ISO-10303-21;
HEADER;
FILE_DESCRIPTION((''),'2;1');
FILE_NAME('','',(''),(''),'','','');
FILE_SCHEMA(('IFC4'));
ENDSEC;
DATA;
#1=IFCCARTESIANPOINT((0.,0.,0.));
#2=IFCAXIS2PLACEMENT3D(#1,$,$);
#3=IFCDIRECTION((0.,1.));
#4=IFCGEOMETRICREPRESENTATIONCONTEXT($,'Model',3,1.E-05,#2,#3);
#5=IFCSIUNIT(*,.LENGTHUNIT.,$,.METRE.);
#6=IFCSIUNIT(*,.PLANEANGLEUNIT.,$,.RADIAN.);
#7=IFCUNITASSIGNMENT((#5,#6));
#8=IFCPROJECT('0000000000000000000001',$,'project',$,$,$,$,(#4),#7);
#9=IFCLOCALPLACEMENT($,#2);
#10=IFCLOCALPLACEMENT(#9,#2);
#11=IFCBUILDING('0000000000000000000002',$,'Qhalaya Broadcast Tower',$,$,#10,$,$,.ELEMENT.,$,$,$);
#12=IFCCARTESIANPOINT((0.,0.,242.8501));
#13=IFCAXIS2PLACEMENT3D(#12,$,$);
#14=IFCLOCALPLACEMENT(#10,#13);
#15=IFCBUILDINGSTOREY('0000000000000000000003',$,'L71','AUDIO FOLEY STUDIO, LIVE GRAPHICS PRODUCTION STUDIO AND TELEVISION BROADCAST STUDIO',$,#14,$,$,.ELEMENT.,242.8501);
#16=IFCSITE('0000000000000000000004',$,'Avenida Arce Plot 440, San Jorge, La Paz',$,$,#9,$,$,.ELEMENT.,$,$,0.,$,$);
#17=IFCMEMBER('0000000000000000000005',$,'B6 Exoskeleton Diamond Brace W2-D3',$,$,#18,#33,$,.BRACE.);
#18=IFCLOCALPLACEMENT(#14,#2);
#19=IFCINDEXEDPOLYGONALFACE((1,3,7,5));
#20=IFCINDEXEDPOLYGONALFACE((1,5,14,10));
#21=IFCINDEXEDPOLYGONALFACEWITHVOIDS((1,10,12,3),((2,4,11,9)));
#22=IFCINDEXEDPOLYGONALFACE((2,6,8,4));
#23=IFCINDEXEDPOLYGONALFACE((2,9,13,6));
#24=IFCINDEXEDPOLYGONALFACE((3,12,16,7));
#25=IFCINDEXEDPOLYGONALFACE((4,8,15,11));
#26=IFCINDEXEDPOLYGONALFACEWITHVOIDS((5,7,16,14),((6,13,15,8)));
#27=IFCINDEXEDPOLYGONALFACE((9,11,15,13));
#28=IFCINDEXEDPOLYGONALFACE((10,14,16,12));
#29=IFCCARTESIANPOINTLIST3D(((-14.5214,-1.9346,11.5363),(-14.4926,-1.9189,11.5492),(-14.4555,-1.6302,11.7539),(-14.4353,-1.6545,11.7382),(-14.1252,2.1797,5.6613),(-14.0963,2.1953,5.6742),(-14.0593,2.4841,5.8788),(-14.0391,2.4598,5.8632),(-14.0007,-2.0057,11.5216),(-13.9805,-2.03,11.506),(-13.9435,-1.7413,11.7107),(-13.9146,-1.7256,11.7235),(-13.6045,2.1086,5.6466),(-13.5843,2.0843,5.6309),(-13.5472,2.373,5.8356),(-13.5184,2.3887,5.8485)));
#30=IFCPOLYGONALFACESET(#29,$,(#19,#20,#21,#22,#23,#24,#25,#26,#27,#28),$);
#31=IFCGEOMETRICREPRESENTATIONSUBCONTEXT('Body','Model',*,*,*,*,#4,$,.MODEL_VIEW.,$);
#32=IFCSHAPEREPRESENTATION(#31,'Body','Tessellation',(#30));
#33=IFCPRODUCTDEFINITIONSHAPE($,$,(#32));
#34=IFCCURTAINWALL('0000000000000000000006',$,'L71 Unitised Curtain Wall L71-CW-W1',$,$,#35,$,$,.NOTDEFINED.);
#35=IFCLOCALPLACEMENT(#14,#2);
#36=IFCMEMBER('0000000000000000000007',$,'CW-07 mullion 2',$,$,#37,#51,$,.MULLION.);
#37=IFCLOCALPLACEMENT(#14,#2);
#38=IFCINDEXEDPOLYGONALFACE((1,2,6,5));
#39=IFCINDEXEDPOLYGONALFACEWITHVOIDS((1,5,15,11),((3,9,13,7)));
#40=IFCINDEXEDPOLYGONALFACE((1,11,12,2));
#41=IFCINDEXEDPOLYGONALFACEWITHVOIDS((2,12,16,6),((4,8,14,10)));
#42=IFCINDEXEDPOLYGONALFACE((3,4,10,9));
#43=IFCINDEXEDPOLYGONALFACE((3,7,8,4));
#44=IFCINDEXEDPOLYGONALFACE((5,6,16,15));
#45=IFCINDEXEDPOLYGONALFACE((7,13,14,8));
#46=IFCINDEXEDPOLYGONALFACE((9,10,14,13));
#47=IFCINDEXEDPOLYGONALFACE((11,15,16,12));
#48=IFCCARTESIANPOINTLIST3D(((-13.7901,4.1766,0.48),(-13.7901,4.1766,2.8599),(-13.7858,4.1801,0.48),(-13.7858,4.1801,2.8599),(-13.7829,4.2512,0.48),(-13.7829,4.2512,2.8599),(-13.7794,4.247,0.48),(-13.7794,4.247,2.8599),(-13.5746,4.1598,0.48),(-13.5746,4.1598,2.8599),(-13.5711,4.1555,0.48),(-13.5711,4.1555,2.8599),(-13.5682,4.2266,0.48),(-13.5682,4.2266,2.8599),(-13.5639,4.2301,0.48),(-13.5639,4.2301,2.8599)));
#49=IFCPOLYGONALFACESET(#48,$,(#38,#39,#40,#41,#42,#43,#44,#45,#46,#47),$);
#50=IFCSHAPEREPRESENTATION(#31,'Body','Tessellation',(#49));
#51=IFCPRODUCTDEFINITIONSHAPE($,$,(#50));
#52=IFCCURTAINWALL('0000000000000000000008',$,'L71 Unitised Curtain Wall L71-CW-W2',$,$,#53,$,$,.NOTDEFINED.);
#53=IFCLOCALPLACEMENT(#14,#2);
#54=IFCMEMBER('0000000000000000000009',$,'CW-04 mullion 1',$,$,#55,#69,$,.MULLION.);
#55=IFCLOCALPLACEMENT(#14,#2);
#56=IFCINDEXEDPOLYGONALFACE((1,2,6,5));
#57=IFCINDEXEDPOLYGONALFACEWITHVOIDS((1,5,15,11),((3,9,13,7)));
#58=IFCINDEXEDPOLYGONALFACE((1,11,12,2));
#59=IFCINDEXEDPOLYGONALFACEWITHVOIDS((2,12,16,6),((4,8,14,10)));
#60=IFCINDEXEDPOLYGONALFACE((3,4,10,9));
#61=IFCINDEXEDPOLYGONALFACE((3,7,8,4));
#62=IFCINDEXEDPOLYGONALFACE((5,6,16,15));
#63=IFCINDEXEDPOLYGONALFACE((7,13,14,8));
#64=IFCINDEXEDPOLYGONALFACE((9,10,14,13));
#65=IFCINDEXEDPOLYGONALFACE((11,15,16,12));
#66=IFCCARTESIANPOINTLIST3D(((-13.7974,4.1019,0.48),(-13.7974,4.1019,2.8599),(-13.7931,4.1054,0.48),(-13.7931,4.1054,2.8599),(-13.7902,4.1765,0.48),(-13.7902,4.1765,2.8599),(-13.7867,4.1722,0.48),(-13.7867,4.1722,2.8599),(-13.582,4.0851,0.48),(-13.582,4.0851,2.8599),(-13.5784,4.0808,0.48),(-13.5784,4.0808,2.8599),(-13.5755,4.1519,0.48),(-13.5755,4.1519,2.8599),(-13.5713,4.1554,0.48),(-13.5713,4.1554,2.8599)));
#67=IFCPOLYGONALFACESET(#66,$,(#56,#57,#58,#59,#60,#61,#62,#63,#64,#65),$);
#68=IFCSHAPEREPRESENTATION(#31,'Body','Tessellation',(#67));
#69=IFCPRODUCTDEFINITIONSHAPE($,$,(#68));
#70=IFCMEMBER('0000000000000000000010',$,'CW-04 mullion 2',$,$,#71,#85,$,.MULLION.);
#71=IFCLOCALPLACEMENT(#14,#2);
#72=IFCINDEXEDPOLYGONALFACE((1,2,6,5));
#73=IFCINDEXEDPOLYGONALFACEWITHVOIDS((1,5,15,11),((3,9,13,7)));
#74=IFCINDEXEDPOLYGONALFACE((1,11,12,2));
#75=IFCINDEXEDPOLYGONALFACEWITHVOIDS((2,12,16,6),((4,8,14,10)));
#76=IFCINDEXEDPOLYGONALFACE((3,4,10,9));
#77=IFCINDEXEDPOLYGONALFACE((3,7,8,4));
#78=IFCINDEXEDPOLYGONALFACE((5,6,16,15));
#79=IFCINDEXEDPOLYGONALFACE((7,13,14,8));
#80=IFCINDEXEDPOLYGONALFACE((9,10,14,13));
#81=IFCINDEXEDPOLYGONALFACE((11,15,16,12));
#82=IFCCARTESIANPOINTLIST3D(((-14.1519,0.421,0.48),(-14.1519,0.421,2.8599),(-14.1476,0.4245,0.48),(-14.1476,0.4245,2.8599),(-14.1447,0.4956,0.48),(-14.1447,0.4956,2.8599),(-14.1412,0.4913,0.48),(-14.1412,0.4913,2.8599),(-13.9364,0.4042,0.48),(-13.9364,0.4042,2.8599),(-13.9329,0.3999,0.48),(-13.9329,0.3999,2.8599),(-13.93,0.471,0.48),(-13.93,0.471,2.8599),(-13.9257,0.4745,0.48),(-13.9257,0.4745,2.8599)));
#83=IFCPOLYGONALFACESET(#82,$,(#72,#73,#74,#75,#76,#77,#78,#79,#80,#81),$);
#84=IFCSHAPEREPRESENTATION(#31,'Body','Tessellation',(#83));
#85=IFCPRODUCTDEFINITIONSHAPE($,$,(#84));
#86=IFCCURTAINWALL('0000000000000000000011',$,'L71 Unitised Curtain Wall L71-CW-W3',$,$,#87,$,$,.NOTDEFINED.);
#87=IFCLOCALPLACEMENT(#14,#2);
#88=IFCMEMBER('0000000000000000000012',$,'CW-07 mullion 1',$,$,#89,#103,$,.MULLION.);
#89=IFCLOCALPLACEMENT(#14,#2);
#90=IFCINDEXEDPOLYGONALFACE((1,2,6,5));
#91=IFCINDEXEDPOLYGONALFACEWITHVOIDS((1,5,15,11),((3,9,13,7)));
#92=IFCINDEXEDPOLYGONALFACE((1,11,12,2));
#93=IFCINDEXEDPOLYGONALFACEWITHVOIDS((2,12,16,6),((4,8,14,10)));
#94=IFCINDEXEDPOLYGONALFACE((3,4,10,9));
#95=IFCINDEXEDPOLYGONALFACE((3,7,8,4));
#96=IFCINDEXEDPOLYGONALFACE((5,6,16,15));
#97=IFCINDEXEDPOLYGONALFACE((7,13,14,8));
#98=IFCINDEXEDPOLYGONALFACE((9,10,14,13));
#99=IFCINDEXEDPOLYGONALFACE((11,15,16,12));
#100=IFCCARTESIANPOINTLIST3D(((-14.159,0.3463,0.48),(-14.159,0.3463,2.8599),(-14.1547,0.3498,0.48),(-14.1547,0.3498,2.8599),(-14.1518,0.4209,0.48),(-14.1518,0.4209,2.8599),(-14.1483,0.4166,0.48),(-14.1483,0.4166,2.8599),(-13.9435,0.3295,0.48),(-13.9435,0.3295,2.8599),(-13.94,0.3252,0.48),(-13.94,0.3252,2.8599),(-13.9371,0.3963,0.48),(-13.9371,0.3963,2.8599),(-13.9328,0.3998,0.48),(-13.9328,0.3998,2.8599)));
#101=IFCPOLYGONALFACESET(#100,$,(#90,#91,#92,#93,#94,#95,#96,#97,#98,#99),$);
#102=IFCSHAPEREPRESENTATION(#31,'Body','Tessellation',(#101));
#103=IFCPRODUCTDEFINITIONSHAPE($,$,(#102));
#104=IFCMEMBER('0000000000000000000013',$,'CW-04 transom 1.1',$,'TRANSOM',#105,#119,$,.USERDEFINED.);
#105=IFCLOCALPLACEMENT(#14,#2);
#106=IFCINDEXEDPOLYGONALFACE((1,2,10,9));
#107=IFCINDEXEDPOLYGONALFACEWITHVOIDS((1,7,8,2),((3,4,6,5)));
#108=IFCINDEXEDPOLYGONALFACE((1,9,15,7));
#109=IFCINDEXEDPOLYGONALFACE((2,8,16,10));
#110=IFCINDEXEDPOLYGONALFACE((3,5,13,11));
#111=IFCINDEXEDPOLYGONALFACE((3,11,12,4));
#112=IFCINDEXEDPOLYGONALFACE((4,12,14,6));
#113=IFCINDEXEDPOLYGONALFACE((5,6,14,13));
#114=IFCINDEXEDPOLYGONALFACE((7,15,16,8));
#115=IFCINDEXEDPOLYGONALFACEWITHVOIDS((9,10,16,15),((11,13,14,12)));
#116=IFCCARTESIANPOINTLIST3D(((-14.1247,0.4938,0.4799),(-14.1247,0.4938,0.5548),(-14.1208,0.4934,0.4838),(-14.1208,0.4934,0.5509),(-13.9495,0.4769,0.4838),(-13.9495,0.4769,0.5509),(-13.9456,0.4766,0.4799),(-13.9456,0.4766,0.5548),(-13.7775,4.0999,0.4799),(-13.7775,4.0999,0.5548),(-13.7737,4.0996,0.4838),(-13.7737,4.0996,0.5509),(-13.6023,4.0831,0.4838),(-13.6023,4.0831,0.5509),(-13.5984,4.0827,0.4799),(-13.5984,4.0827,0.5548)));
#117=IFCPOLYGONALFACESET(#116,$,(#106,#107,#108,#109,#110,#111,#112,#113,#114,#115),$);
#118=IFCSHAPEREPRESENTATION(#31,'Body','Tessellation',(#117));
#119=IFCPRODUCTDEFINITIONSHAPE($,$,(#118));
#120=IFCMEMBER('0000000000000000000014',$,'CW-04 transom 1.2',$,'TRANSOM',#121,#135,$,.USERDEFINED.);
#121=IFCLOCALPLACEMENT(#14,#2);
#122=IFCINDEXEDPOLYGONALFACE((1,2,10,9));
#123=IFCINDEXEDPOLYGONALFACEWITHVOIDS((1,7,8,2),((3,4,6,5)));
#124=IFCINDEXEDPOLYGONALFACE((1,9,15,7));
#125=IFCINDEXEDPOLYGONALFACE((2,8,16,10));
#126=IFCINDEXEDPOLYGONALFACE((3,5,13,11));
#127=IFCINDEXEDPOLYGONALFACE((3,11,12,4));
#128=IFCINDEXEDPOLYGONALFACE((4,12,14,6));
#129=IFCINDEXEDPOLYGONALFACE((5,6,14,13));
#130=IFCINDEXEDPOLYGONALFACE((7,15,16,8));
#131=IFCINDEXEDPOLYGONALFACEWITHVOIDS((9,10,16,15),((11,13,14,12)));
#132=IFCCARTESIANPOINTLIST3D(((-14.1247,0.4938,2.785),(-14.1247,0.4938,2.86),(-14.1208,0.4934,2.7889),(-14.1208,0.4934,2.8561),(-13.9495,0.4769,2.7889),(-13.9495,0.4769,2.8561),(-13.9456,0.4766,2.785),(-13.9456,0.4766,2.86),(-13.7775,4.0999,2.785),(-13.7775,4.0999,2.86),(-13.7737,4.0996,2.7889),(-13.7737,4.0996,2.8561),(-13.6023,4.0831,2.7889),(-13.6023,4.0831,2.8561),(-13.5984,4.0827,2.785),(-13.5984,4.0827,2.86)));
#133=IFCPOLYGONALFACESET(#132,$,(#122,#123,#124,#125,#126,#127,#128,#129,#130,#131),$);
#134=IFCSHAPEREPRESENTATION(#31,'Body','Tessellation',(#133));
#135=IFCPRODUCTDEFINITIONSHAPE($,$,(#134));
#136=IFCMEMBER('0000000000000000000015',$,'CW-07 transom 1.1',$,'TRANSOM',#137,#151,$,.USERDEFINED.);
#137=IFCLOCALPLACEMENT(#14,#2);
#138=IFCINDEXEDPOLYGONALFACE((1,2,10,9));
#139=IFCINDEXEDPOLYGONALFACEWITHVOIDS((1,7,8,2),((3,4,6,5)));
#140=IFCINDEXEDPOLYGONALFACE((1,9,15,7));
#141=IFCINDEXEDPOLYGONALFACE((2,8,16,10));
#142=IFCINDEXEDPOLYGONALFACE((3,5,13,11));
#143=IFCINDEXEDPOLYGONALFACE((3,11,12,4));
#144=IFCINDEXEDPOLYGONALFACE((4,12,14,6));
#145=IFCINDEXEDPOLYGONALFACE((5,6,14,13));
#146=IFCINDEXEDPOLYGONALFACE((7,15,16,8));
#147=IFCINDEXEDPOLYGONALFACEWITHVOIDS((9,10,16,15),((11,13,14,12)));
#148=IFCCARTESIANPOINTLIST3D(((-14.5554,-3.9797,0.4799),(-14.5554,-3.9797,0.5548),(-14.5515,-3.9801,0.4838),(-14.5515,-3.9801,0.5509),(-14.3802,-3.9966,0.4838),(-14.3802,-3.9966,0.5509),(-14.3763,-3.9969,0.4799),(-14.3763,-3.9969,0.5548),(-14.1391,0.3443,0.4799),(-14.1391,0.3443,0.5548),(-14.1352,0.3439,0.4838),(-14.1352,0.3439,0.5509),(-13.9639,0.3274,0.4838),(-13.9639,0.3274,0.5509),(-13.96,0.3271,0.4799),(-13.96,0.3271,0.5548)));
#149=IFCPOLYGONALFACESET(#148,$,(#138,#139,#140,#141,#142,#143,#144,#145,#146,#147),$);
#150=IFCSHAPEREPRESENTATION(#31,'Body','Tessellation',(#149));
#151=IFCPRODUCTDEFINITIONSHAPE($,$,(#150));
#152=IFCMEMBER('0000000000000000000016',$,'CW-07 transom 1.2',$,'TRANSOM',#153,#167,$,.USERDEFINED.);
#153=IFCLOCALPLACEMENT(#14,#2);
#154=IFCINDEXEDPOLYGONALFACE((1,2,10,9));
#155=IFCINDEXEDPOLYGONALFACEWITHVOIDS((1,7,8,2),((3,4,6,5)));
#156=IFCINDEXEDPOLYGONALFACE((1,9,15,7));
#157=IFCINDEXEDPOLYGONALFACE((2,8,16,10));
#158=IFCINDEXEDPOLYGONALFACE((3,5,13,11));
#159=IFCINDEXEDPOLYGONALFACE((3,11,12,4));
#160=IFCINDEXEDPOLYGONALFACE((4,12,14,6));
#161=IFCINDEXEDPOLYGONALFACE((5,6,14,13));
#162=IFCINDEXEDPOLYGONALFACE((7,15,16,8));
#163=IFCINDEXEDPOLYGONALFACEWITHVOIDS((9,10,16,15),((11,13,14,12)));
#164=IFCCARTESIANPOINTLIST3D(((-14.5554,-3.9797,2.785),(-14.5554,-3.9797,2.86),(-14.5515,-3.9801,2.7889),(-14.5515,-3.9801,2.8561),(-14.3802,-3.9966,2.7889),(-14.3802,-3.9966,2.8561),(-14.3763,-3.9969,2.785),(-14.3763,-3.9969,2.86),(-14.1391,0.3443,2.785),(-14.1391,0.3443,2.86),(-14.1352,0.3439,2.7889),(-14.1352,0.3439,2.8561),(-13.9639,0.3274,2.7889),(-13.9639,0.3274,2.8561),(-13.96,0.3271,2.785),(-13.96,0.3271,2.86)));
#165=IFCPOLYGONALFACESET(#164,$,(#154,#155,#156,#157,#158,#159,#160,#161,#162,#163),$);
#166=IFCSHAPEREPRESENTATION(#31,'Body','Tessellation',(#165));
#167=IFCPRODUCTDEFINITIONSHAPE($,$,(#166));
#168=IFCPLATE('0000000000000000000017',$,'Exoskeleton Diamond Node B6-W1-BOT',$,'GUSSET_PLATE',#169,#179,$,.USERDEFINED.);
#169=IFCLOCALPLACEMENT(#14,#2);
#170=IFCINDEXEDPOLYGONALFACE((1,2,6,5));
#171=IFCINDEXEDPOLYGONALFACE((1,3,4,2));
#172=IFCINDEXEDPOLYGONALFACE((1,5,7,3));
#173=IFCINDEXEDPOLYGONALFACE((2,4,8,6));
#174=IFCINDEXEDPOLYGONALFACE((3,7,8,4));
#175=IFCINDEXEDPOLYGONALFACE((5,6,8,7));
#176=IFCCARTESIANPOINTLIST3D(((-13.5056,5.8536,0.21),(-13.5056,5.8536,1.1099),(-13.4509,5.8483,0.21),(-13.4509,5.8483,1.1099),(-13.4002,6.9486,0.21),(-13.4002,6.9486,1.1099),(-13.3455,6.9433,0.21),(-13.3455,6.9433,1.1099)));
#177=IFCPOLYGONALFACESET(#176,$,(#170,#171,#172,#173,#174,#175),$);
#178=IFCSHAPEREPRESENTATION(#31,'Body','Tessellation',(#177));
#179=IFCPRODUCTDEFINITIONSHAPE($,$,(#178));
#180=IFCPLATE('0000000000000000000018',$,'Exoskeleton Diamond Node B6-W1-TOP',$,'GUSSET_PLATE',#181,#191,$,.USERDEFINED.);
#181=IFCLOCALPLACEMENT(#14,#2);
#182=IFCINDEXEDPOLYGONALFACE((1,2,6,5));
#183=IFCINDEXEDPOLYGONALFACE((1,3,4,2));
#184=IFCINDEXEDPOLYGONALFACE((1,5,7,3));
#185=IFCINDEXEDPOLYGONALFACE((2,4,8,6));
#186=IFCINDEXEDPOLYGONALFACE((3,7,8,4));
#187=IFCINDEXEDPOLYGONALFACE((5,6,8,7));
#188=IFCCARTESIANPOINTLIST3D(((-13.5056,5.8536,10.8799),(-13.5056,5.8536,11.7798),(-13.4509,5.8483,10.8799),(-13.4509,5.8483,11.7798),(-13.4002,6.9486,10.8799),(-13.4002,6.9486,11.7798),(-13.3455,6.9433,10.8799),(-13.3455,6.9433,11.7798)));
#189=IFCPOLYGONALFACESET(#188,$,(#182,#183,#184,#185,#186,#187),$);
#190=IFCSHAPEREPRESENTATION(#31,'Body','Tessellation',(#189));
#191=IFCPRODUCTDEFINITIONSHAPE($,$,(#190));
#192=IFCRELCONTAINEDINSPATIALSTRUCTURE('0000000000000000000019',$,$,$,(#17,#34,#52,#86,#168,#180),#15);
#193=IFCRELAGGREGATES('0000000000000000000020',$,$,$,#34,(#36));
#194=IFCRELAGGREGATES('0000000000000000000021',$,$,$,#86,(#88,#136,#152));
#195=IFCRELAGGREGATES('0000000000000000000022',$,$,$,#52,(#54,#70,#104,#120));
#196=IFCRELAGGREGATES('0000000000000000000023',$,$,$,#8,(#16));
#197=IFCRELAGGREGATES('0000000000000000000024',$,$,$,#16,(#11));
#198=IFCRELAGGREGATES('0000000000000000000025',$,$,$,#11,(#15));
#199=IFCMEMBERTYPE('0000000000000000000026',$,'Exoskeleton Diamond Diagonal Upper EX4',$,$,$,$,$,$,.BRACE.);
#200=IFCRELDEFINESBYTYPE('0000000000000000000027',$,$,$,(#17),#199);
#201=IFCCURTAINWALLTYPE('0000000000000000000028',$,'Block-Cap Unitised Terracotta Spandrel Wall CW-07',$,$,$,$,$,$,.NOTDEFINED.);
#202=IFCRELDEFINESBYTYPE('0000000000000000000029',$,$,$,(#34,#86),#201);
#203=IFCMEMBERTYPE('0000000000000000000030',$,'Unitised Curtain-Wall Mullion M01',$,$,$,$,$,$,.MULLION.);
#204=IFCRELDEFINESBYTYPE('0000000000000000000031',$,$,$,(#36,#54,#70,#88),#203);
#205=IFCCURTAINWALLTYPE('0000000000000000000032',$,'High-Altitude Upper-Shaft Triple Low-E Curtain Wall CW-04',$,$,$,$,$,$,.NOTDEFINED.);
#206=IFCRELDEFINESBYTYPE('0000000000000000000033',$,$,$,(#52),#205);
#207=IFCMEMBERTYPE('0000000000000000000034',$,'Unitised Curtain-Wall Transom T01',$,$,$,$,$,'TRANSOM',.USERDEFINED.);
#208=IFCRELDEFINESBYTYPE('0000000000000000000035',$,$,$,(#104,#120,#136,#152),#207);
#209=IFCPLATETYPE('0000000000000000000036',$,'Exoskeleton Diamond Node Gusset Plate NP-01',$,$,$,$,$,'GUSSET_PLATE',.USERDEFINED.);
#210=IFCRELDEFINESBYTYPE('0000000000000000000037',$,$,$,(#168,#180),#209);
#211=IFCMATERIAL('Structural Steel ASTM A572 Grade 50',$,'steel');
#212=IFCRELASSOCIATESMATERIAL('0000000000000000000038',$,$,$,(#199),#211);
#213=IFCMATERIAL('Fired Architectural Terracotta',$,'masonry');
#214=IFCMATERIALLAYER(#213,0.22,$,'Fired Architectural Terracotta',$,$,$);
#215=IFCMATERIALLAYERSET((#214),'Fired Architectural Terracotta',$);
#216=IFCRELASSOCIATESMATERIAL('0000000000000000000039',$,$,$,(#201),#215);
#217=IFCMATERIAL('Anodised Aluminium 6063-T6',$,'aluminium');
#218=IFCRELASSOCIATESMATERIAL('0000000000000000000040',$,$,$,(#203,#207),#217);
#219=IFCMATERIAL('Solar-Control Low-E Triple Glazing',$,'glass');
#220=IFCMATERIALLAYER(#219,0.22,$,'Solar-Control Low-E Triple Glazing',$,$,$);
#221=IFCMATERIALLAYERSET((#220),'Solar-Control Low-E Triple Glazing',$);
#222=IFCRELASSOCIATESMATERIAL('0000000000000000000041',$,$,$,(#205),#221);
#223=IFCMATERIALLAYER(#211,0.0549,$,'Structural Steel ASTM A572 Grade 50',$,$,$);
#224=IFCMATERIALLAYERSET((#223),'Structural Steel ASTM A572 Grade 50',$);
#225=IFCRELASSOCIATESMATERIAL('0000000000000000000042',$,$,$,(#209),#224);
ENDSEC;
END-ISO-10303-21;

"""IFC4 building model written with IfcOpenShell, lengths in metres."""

from ifc_helpers import new_model, si_unit, direction, frame, origin, origin_2d, place, context, subcontext, project, spatial, rectangle, hollow_rectangle, extrude, material, layer, layer_set, material_profile, profile_set, type_object, element, aggregate, save


model = new_model("IFC4")

# Units and contexts
model_context = context("Model", 3, precision=1e-05, world=origin(), true_north=direction((0.0, 1.0)))
body_context = subcontext(model_context, "Body", "Model", "MODEL_VIEW")
ifc_project = project(units=[si_unit("LENGTHUNIT", "METRE"), si_unit("PLANEANGLEUNIT", "RADIAN")], contexts=[model_context])

# Site, building, storey
site_placement = place(None, origin())
site = spatial("IfcSite", under=ifc_project, at=site_placement, Name="Avenida Arce Plot 440, San Jorge, La Paz", CompositionType="ELEMENT", RefElevation=0.0)
building_placement = place(site_placement, origin())
building = spatial("IfcBuilding", under=site, at=building_placement, Name="Qhalaya Broadcast Tower", CompositionType="ELEMENT")
storey_placement = place(building_placement, frame((0.0, 0.0, 242.8501)))
storey = spatial("IfcBuildingStorey", under=building, at=storey_placement, Name="L71", Description="AUDIO FOLEY STUDIO, LIVE GRAPHICS PRODUCTION STUDIO AND TELEVISION BROADCAST STUDIO", CompositionType="ELEMENT", Elevation=242.8501)

# Shared definitions
ifc_material_1 = material(Name="Structural Steel ASTM A572 Grade 50", Category="steel")

# Member
ifc_material_profile_1 = material_profile(ifc_material_1, hollow_rectangle(XDim=0.3799, YDim=0.55, WallThickness=0.0249, at=origin_2d()), Name="BOX 380x550x25")
ifc_profile_set_1 = profile_set([ifc_material_profile_1], Name="Structural Steel ASTM A572 Grade 50")
member_type_1 = type_object("IfcMemberType", Name="Exoskeleton Diamond Diagonal Upper EX4", PredefinedType="BRACE", material=ifc_profile_set_1)
member_1_placement = place(storey_placement, frame((-13.8218, 2.2842, 5.7549), z_axis=(-0.055161, -0.572753, 0.81787), x_axis=(0.173449, 0.801166, 0.572755)))
element("IfcMember", 1, at=member_1_placement, inside=storey, type_object=member_type_1, Name="B6 Exoskeleton Diamond Brace W2-D3", PredefinedType="BRACE", context=body_context, shape_type="SweptSolid", body=[
    extrude(hollow_rectangle(XDim=0.3799, YDim=0.55, WallThickness=0.0249, at=origin_2d()), origin(), (0.0, 0.0, 1.0), 7.1833),
])

# Curtain wall, member
ifc_material_2 = material(Name="Fired Architectural Terracotta", Category="masonry")
ifc_layer_1 = layer(ifc_material_2, 0.22, Name="Fired Architectural Terracotta")
ifc_layer_set_1 = layer_set([ifc_layer_1], Name="Fired Architectural Terracotta")
curtain_wall_type_1 = type_object("IfcCurtainWallType", Name="Block-Cap Unitised Terracotta Spandrel Wall CW-07", PredefinedType="NOTDEFINED", material=ifc_layer_set_1)
curtain_wall_1_placement = place(storey_placement, origin())
curtain_wall_1 = element("IfcCurtainWall", 2, at=curtain_wall_1_placement, inside=storey, type_object=curtain_wall_type_1, Name="L71 Unitised Curtain Wall L71-CW-W1", PredefinedType="NOTDEFINED")
ifc_material_3 = material(Name="Anodised Aluminium 6063-T6", Category="aluminium")
ifc_material_profile_2 = material_profile(ifc_material_3, hollow_rectangle(XDim=0.075, YDim=0.22, WallThickness=0.0039, at=origin_2d()), Name="ALU-MUL 75x220x4")
ifc_profile_set_2 = profile_set([ifc_material_profile_2], Name="Anodised Aluminium 6063-T6")
member_type_2 = type_object("IfcMemberType", Name="Unitised Curtain-Wall Mullion M01", PredefinedType="MULLION", material=ifc_profile_set_2)
member_2_placement = place(storey_placement, frame((-13.677, 4.2034, 0.48), z_axis=(0.0, 0.0, 1.0), x_axis=(-0.095848, -0.995396, 0.0)))
member_2 = element("IfcMember", 3, at=member_2_placement, type_object=member_type_2, Name="CW-07 mullion 2", PredefinedType="MULLION", context=body_context, shape_type="SweptSolid", body=[
    extrude(hollow_rectangle(XDim=0.075, YDim=0.22, WallThickness=0.0039, at=origin_2d()), origin(), (0.0, 0.0, 1.0), 2.3799),
])

# Curtain wall, members
ifc_material_4 = material(Name="Solar-Control Low-E Triple Glazing", Category="glass")
ifc_layer_2 = layer(ifc_material_4, 0.22, Name="Solar-Control Low-E Triple Glazing")
ifc_layer_set_2 = layer_set([ifc_layer_2], Name="Solar-Control Low-E Triple Glazing")
curtain_wall_type_2 = type_object("IfcCurtainWallType", Name="High-Altitude Upper-Shaft Triple Low-E Curtain Wall CW-04", PredefinedType="NOTDEFINED", material=ifc_layer_set_2)
curtain_wall_2_placement = place(storey_placement, origin())
curtain_wall_2 = element("IfcCurtainWall", 4, at=curtain_wall_2_placement, inside=storey, type_object=curtain_wall_type_2, Name="L71 Unitised Curtain Wall L71-CW-W2", PredefinedType="NOTDEFINED")
member_3_placement = place(storey_placement, frame((-13.6843, 4.1287, 0.48), z_axis=(0.0, 0.0, 1.0), x_axis=(-0.09584, -0.995397, 0.0)))
member_3 = element("IfcMember", 5, at=member_3_placement, type_object=member_type_2, Name="CW-04 mullion 1", PredefinedType="MULLION", context=body_context, shape_type="SweptSolid", body=[
    extrude(hollow_rectangle(XDim=0.075, YDim=0.22, WallThickness=0.0039, at=origin_2d()), origin(), (0.0, 0.0, 1.0), 2.3799),
])
member_4_placement = place(storey_placement, frame((-14.0388, 0.4478, 0.48), z_axis=(0.0, 0.0, 1.0), x_axis=(-0.09584, -0.995397, 0.0)))
member_4 = element("IfcMember", 6, at=member_4_placement, type_object=member_type_2, Name="CW-04 mullion 2", PredefinedType="MULLION", context=body_context, shape_type="SweptSolid", body=[
    extrude(hollow_rectangle(XDim=0.075, YDim=0.22, WallThickness=0.0039, at=origin_2d()), origin(), (0.0, 0.0, 1.0), 2.3799),
])

# Curtain wall, member
curtain_wall_3_placement = place(storey_placement, origin())
curtain_wall_3 = element("IfcCurtainWall", 7, at=curtain_wall_3_placement, inside=storey, type_object=curtain_wall_type_1, Name="L71 Unitised Curtain Wall L71-CW-W3", PredefinedType="NOTDEFINED")
member_5_placement = place(storey_placement, frame((-14.0459, 0.373, 0.48), z_axis=(0.0, 0.0, 1.0), x_axis=(-0.095861, -0.995395, 0.0)))
member_5 = element("IfcMember", 8, at=member_5_placement, type_object=member_type_2, Name="CW-07 mullion 1", PredefinedType="MULLION", context=body_context, shape_type="SweptSolid", body=[
    extrude(hollow_rectangle(XDim=0.075, YDim=0.22, WallThickness=0.0039, at=origin_2d()), origin(), (0.0, 0.0, 1.0), 2.3799),
])

# Members
ifc_material_profile_3 = material_profile(ifc_material_3, hollow_rectangle(XDim=0.075, YDim=0.1799, WallThickness=0.0039, at=origin_2d()), Name="ALU-TRN 75x180x4")
ifc_profile_set_3 = profile_set([ifc_material_profile_3], Name="Anodised Aluminium 6063-T6")
member_type_3 = type_object("IfcMemberType", Name="Unitised Curtain-Wall Transom T01", ElementType="TRANSOM", PredefinedType="USERDEFINED", material=ifc_profile_set_3)
member_6_placement = place(storey_placement, frame((-13.688, 4.0913, 0.5173), z_axis=(-0.095827, -0.995398, 0.0), x_axis=(0.0, 0.0, 1.0)))
member_6 = element("IfcMember", 9, at=member_6_placement, type_object=member_type_3, Name="CW-04 transom 1.1", ObjectType="TRANSOM", PredefinedType="USERDEFINED", context=body_context, shape_type="SweptSolid", body=[
    extrude(hollow_rectangle(XDim=0.075, YDim=0.1799, WallThickness=0.0039, at=origin_2d()), origin(), (0.0, 0.0, 1.0), 3.6228),
])
member_7_placement = place(storey_placement, frame((-13.688, 4.0913, 2.8225), z_axis=(-0.095827, -0.995398, 0.0), x_axis=(0.0, 0.0, 1.0)))
member_7 = element("IfcMember", 10, at=member_7_placement, type_object=member_type_3, Name="CW-04 transom 1.2", ObjectType="TRANSOM", PredefinedType="USERDEFINED", context=body_context, shape_type="SweptSolid", body=[
    extrude(hollow_rectangle(XDim=0.075, YDim=0.1799, WallThickness=0.0039, at=origin_2d()), origin(), (0.0, 0.0, 1.0), 3.6228),
])
member_8_placement = place(storey_placement, frame((-14.0496, 0.3357, 0.5173), z_axis=(-0.095825, -0.995398, 0.0), x_axis=(0.0, 0.0, 1.0)))
member_8 = element("IfcMember", 11, at=member_8_placement, type_object=member_type_3, Name="CW-07 transom 1.1", ObjectType="TRANSOM", PredefinedType="USERDEFINED", context=body_context, shape_type="SweptSolid", body=[
    extrude(hollow_rectangle(XDim=0.075, YDim=0.1799, WallThickness=0.0039, at=origin_2d()), origin(), (0.0, 0.0, 1.0), 4.344),
])
member_9_placement = place(storey_placement, frame((-14.0496, 0.3357, 2.8225), z_axis=(-0.095825, -0.995398, 0.0), x_axis=(0.0, 0.0, 1.0)))
member_9 = element("IfcMember", 12, at=member_9_placement, type_object=member_type_3, Name="CW-07 transom 1.2", ObjectType="TRANSOM", PredefinedType="USERDEFINED", context=body_context, shape_type="SweptSolid", body=[
    extrude(hollow_rectangle(XDim=0.075, YDim=0.1799, WallThickness=0.0039, at=origin_2d()), origin(), (0.0, 0.0, 1.0), 4.344),
])

# Plates
ifc_layer_3 = layer(ifc_material_1, 0.0549, Name="Structural Steel ASTM A572 Grade 50")
ifc_layer_set_3 = layer_set([ifc_layer_3], Name="Structural Steel ASTM A572 Grade 50")
plate_type_1 = type_object("IfcPlateType", Name="Exoskeleton Diamond Node Gusset Plate NP-01", ElementType="GUSSET_PLATE", PredefinedType="USERDEFINED", material=ifc_layer_set_3)
for number, where, z_axis, x_axis, name in (
    (13, (-13.4255, 6.3984, 0.21), (0.0, 0.0, 1.0), (0.095846, 0.995396, 0.0), "Exoskeleton Diamond Node B6-W1-BOT"),
    (14, (-13.4255, 6.3984, 10.8799), (0.0, 0.0, 1.0), (0.095846, 0.995396, 0.0), "Exoskeleton Diamond Node B6-W1-TOP"),
):
    element("IfcPlate", number, at=place(storey_placement, frame(where, z_axis=z_axis, x_axis=x_axis)), inside=storey, type_object=plate_type_1, Name=name, ObjectType="GUSSET_PLATE", PredefinedType="USERDEFINED", context=body_context, shape_type="SweptSolid", body=[
        extrude(rectangle(XDim=1.1001, YDim=0.0549, at=origin_2d()), origin(), (0.0, 0.0, 1.0), 0.8999),
    ])

aggregate(curtain_wall_1, [member_2])
aggregate(curtain_wall_3, [member_5, member_8, member_9])
aggregate(curtain_wall_2, [member_3, member_4, member_6, member_7])

save(model, "model.ifc")
